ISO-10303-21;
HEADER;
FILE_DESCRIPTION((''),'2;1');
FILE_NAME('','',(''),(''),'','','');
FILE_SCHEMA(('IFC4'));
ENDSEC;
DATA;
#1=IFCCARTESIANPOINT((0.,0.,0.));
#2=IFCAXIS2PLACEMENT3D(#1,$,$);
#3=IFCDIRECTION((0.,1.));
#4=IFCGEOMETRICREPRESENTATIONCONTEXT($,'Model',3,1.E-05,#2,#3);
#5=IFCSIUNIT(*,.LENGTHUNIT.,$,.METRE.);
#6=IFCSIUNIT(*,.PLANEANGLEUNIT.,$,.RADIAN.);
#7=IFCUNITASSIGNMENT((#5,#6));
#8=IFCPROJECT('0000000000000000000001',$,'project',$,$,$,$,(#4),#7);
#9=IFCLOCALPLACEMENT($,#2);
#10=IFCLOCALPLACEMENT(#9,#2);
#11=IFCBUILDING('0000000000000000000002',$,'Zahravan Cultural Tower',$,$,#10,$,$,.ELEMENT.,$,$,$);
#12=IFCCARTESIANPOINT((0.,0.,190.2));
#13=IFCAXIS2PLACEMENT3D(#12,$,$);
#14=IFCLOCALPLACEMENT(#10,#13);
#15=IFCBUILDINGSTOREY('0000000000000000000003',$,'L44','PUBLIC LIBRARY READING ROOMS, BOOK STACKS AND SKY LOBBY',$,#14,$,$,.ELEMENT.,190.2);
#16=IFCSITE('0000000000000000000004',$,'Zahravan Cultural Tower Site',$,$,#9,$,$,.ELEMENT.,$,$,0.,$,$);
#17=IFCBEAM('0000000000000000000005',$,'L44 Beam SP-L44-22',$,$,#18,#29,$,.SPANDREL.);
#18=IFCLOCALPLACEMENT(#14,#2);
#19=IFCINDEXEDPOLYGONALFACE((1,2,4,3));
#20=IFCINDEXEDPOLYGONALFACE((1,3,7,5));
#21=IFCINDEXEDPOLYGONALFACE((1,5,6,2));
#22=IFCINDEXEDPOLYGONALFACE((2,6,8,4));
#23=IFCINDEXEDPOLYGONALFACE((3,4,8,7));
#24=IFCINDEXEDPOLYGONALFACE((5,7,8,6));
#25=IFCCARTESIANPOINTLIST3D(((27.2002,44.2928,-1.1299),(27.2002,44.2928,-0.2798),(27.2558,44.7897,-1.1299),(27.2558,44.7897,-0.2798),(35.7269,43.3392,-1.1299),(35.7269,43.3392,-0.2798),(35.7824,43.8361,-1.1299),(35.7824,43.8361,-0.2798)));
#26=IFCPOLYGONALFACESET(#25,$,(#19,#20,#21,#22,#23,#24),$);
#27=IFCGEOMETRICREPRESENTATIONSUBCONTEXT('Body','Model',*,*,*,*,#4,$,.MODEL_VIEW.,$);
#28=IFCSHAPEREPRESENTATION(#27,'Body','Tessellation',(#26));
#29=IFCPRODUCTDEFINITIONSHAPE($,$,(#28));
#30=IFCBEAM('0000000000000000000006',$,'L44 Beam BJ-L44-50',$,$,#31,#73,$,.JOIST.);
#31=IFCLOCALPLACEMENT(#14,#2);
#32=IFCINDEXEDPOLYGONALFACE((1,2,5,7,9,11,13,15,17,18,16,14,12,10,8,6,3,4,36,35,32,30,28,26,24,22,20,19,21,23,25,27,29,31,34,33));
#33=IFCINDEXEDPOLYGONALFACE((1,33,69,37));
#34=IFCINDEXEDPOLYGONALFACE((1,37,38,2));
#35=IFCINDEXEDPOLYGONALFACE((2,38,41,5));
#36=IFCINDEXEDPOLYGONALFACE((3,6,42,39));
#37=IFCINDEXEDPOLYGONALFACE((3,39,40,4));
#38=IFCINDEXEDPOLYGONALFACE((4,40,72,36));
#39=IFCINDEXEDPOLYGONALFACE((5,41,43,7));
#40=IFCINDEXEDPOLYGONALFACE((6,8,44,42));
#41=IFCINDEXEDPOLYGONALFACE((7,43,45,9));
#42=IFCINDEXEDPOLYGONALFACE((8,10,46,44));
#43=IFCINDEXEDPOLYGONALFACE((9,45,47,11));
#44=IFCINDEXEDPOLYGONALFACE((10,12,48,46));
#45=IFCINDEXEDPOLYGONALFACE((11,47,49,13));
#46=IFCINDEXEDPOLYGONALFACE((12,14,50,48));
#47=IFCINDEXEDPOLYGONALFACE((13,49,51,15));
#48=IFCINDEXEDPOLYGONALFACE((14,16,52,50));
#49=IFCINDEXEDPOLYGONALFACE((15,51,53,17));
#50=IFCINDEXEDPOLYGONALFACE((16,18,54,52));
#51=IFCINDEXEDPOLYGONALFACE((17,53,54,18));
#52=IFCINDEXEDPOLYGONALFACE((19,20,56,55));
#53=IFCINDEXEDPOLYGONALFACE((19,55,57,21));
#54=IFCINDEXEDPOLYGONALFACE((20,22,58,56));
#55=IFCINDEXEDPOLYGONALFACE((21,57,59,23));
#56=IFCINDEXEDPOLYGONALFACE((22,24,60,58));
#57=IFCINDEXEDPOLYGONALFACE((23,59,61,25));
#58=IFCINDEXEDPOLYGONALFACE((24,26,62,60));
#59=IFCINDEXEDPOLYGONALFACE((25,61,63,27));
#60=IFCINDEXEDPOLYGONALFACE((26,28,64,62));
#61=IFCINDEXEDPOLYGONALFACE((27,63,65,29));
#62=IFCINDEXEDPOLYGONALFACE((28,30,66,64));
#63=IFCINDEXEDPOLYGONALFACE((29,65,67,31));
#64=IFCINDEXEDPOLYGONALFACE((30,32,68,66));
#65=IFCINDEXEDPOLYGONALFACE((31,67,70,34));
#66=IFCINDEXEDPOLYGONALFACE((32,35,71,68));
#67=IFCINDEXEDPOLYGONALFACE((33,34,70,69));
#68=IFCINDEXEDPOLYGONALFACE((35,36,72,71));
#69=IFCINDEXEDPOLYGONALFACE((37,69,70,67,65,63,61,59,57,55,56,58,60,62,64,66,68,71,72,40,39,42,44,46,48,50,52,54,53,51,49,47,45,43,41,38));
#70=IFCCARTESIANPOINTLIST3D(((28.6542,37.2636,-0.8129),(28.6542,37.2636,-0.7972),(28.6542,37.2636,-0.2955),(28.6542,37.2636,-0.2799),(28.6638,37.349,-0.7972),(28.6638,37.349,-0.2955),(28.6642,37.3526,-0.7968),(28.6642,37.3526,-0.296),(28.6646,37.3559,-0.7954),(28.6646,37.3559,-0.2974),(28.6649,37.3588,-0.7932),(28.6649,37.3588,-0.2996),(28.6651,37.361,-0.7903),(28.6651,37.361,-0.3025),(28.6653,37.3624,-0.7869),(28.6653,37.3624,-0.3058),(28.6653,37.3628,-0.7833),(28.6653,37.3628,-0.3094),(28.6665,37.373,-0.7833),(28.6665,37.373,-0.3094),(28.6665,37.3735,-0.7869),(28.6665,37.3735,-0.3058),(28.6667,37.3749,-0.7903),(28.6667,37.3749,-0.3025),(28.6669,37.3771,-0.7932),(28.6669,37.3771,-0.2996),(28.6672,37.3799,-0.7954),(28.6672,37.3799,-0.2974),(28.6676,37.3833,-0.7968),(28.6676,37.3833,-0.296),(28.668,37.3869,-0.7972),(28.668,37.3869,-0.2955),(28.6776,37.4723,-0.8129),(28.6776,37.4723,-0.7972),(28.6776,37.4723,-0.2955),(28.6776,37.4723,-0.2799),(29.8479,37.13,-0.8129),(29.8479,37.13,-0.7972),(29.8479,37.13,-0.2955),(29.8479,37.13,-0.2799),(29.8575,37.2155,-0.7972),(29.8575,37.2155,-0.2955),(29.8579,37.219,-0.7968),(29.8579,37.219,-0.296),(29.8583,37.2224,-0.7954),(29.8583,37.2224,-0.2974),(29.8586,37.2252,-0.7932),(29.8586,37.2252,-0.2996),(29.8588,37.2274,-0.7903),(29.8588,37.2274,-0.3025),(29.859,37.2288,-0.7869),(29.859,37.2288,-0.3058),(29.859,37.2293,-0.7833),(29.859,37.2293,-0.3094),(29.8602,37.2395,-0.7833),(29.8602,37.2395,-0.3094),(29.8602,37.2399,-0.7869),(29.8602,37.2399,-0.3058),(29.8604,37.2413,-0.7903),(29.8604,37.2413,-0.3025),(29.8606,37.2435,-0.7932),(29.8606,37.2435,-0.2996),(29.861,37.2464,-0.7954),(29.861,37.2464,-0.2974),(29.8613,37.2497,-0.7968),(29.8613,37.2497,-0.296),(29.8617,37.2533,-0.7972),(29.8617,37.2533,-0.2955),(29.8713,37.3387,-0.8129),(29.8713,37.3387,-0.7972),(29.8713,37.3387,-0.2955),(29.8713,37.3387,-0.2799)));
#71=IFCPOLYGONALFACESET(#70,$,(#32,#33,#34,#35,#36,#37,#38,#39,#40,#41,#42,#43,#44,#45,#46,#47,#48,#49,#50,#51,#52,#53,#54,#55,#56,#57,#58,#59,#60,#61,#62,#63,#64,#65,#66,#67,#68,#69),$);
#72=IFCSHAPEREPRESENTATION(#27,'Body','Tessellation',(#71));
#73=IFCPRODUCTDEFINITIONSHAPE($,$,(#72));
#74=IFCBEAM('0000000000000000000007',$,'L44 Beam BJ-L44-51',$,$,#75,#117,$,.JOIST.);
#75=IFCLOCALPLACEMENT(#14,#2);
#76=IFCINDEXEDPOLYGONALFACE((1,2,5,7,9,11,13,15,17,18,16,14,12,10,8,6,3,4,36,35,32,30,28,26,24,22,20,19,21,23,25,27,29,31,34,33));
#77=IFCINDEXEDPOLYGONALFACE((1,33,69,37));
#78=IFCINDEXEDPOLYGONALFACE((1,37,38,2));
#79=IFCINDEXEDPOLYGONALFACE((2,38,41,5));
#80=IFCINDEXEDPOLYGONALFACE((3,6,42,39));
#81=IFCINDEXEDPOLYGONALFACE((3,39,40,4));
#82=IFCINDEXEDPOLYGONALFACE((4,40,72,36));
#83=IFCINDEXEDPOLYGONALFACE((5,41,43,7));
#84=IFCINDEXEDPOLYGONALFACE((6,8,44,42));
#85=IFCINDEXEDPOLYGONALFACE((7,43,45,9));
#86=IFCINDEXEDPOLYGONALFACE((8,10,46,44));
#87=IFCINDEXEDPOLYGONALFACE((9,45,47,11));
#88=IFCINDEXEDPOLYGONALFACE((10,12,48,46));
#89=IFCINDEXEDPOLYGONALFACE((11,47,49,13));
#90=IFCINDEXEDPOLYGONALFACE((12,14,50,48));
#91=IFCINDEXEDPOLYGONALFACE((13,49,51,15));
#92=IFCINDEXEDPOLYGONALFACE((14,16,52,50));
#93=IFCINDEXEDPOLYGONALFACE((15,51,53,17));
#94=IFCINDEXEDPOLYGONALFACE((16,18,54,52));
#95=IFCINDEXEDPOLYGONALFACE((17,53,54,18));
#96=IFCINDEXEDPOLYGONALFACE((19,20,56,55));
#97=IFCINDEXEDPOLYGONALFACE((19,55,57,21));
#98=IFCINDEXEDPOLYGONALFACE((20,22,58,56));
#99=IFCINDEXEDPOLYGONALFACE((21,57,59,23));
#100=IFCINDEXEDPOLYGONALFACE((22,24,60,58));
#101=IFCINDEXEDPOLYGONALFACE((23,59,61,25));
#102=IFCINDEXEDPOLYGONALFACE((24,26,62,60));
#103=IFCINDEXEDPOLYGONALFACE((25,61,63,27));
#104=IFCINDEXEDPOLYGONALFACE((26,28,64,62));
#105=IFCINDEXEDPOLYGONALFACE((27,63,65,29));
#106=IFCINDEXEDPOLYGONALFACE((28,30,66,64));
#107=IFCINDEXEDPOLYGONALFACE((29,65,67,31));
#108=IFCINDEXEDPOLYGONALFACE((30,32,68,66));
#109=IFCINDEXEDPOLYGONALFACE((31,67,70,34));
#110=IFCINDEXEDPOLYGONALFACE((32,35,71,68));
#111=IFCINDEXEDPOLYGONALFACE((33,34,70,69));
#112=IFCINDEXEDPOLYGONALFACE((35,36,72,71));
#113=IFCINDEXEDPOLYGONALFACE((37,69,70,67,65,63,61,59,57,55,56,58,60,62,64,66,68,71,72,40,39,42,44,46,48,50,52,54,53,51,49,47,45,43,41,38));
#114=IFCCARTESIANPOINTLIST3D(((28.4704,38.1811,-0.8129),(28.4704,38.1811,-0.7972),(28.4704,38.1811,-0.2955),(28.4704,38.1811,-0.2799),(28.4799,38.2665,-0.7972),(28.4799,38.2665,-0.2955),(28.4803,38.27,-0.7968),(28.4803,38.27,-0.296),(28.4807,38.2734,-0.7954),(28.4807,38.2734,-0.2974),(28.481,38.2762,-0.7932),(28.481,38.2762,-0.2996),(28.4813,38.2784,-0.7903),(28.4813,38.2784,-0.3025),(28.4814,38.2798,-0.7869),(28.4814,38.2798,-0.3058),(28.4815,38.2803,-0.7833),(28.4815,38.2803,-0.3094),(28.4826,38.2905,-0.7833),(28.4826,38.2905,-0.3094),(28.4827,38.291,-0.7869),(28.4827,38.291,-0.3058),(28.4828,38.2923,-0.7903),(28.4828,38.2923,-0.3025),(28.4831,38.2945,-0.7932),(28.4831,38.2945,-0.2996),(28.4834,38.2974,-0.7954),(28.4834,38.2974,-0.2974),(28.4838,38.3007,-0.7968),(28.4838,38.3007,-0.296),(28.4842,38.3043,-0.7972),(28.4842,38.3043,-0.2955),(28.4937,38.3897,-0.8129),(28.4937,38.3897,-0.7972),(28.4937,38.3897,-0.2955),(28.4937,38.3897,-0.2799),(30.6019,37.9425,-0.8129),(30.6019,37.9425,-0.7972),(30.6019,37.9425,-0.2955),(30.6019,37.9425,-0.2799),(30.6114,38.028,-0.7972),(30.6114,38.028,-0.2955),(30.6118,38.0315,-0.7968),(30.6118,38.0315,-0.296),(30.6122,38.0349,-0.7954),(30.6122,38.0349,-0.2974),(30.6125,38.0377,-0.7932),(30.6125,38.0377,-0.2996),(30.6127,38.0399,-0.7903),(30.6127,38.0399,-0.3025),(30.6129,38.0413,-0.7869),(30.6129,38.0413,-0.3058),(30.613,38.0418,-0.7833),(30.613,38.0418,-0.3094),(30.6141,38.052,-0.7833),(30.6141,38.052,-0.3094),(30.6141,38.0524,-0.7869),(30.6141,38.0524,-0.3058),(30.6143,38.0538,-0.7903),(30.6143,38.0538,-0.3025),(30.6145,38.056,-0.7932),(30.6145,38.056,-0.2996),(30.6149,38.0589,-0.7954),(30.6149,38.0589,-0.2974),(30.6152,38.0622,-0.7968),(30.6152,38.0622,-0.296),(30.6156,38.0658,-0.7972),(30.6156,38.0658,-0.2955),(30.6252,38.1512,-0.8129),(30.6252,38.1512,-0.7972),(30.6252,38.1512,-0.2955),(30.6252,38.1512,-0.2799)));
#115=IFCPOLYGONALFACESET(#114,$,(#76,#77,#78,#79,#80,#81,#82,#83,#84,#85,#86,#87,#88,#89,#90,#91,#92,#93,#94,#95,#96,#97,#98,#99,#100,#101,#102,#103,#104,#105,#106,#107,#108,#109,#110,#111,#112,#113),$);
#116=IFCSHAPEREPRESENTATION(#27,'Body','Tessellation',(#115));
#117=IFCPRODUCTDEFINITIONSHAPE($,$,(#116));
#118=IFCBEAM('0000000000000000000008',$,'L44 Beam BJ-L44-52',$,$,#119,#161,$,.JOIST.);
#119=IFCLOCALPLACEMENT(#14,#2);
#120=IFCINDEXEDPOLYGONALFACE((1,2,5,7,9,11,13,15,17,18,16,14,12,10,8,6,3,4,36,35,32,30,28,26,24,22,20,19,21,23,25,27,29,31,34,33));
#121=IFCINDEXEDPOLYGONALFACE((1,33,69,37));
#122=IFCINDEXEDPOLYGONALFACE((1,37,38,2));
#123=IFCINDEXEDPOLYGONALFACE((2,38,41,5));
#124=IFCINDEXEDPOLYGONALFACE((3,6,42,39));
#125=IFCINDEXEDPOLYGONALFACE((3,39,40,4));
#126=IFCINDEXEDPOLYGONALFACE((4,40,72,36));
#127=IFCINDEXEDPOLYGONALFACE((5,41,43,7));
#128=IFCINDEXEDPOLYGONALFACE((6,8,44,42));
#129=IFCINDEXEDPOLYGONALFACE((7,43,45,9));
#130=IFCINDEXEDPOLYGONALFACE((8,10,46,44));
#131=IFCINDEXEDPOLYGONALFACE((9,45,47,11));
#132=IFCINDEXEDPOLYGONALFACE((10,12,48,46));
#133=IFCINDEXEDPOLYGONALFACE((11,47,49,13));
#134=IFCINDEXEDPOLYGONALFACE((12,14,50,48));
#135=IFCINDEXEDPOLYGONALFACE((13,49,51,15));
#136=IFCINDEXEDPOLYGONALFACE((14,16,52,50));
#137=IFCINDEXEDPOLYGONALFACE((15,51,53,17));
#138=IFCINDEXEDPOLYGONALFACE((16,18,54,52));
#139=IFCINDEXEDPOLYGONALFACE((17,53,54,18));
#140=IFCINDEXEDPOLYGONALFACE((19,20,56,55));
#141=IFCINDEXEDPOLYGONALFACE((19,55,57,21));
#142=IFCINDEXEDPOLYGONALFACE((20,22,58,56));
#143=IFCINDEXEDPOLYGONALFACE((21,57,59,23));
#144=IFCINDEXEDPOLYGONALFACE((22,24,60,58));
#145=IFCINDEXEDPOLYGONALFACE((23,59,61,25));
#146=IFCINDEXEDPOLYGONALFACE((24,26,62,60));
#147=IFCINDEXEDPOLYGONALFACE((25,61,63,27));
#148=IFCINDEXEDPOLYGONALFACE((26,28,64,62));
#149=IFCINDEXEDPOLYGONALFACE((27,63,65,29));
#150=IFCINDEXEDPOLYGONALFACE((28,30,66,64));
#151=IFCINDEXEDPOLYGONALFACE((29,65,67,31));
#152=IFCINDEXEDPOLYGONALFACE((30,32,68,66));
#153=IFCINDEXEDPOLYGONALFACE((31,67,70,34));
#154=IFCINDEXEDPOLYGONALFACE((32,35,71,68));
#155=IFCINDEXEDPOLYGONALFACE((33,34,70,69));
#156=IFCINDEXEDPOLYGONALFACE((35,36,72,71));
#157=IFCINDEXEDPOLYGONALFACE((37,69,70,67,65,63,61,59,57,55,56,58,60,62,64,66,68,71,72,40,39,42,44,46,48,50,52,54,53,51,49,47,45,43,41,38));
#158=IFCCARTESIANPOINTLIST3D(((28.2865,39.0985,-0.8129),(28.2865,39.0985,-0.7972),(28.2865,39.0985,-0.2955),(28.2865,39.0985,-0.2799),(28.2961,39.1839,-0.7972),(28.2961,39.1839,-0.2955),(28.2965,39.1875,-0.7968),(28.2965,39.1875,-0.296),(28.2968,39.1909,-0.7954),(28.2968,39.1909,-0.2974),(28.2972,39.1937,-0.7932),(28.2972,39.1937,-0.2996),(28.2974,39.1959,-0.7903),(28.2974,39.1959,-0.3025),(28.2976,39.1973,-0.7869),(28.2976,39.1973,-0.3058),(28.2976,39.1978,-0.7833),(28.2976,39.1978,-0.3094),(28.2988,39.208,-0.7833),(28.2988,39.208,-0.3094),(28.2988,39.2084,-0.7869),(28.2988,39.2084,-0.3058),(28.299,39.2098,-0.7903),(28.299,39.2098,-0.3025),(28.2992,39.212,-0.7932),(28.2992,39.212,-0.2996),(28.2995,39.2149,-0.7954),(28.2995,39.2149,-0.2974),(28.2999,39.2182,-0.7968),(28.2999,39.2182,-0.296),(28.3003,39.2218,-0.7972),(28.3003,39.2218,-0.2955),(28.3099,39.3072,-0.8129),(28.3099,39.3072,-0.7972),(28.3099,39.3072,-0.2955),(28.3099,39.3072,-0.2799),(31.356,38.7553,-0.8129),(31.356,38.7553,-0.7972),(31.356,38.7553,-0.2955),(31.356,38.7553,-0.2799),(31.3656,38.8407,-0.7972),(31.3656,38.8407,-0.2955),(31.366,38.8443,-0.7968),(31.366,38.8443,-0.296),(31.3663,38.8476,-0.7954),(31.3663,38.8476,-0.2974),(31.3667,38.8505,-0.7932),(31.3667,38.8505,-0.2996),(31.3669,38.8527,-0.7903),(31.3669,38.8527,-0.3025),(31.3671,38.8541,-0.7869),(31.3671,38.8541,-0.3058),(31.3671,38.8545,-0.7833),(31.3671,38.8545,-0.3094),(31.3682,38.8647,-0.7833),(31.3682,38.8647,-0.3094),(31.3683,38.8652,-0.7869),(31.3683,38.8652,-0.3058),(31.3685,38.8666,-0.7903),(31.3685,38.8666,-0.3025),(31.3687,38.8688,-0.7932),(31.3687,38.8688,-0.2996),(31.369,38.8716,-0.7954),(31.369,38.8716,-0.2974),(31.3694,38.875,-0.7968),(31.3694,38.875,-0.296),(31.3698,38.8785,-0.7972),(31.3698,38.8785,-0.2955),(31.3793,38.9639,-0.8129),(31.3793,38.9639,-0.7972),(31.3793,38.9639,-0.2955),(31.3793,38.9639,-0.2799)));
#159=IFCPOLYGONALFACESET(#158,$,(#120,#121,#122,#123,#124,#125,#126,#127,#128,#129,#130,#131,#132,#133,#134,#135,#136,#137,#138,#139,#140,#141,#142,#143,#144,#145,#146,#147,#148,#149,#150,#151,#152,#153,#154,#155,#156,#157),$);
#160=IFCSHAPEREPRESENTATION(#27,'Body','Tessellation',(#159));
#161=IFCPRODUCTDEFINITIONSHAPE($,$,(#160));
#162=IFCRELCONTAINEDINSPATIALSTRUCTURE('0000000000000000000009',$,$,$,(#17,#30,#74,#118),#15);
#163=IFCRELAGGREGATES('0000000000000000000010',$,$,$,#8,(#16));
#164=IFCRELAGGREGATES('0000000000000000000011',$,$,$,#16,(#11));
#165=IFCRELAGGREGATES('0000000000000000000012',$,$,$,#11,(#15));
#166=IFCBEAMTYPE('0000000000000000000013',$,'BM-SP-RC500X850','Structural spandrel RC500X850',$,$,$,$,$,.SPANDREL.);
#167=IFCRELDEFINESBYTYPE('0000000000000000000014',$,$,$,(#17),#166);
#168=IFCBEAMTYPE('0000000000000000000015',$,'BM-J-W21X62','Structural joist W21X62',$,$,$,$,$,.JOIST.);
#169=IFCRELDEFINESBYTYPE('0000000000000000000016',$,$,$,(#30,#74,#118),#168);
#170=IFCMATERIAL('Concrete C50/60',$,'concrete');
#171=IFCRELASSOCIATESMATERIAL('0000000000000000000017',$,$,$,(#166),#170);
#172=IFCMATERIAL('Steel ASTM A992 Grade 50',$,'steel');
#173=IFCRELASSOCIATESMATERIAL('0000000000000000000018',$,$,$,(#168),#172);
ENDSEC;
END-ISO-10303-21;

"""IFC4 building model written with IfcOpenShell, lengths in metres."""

from ifc_helpers import new_model, si_unit, direction, frame, origin, origin_2d, place, context, subcontext, project, spatial, rectangle, i_section, extrude, source, transform, mapped, material, material_profile, profile_set, type_object, element, save


model = new_model("IFC4")

# Units and contexts
model_context = context("Model", 3, precision=1e-05, world=origin(), true_north=direction((0.0, 1.0)))
body_context = subcontext(model_context, "Body", "Model", "MODEL_VIEW")
ifc_project = project(units=[si_unit("LENGTHUNIT", "METRE"), si_unit("PLANEANGLEUNIT", "RADIAN")], contexts=[model_context])

# Site, building, storey
site_placement = place(None, origin())
site = spatial("IfcSite", under=ifc_project, at=site_placement, Name="Zahravan Cultural Tower Site", CompositionType="ELEMENT", RefElevation=0.0)
building_placement = place(site_placement, origin())
building = spatial("IfcBuilding", under=site, at=building_placement, Name="Zahravan Cultural Tower", CompositionType="ELEMENT")
storey_placement = place(building_placement, frame((0.0, 0.0, 190.2)))
storey = spatial("IfcBuildingStorey", under=building, at=storey_placement, Name="L44", Description="PUBLIC LIBRARY READING ROOMS, BOOK STACKS AND SKY LOBBY", CompositionType="ELEMENT", Elevation=190.2)

# Shared definitions
ifc_material_1 = material(Name="Steel ASTM A992 Grade 50", Category="steel")

# Beams
ifc_material_2 = material(Name="Concrete C50/60", Category="concrete")
ifc_material_profile_1 = material_profile(ifc_material_2, rectangle(XDim=0.5, YDim=0.8501, at=origin_2d()), Name="RC500X850")
ifc_profile_set_1 = profile_set([ifc_material_profile_1], Name="Concrete C50/60")
beam_type_1 = type_object("IfcBeamType", Name="BM-SP-RC500X850", Description="Structural spandrel RC500X850", PredefinedType="SPANDREL", material=ifc_profile_set_1)
shared_shape_1 = source(origin(), body_context, "Body", "SweptSolid", [
    extrude(rectangle(XDim=0.5, YDim=0.8501, at=origin_2d()), origin(), (0.0, 0.0, 1.0), 8.5798),
])
beam_1_placement = place(storey_placement, frame((35.7546, 43.5876, -0.7048), z_axis=(-0.993804, 0.111147, 0.0), x_axis=(-0.111147, -0.993804, 0.0)))
element("IfcBeam", 1, at=beam_1_placement, inside=storey, type_object=beam_type_1, Name="L44 Beam SP-L44-22", PredefinedType="SPANDREL", context=body_context, shape_type="MappedRepresentation", body=[
    mapped(shared_shape_1, transform((0.0, 0.0, 0.0), x_axis=(1.0, 0.0, 0.0), y_axis=(0.0, 1.0, 0.0), z_axis=(0.0, 0.0, 1.0), scale=1.0)),
])
ifc_material_profile_2 = material_profile(ifc_material_1, i_section(OverallWidth=0.21, OverallDepth=0.533, WebThickness=0.0103, FlangeThickness=0.0156, FilletRadius=0.0139, at=origin_2d()), Name="W21X62")
ifc_profile_set_2 = profile_set([ifc_material_profile_2], Name="Steel ASTM A992 Grade 50")
beam_type_2 = type_object("IfcBeamType", Name="BM-J-W21X62", Description="Structural joist W21X62", PredefinedType="JOIST", material=ifc_profile_set_2)
shared_shape_2 = source(origin(), body_context, "Body", "SweptSolid", [
    extrude(i_section(OverallWidth=0.21, OverallDepth=0.533, WebThickness=0.0103, FlangeThickness=0.0156, FilletRadius=0.0139, at=origin_2d()), origin(), (0.0, 0.0, 1.0), 1.2012),
])
beam_2_placement = place(storey_placement, frame((29.8596, 37.2344, -0.5464), z_axis=(-0.993799, 0.11119, 0.0), x_axis=(-0.11119, -0.993799, 0.0)))
element("IfcBeam", 2, at=beam_2_placement, inside=storey, type_object=beam_type_2, Name="L44 Beam BJ-L44-50", PredefinedType="JOIST", context=body_context, shape_type="MappedRepresentation", body=[
    mapped(shared_shape_2, transform((0.0, 0.0, 0.0), x_axis=(1.0, 0.0, 0.0), y_axis=(0.0, 1.0, 0.0), z_axis=(0.0, 0.0, 1.0), scale=1.0)),
])
shared_shape_3 = source(origin(), body_context, "Body", "SweptSolid", [
    extrude(i_section(OverallWidth=0.21, OverallDepth=0.533, WebThickness=0.0103, FlangeThickness=0.0156, FilletRadius=0.0139, at=origin_2d()), origin(), (0.0, 0.0, 1.0), 2.1448),
])
beam_3_placement = place(storey_placement, frame((30.6135, 38.0469, -0.5464), z_axis=(-0.993797, 0.111206, 0.0), x_axis=(-0.111206, -0.993797, 0.0)))
element("IfcBeam", 3, at=beam_3_placement, inside=storey, type_object=beam_type_2, Name="L44 Beam BJ-L44-51", PredefinedType="JOIST", context=body_context, shape_type="MappedRepresentation", body=[
    mapped(shared_shape_3, transform((0.0, 0.0, 0.0), x_axis=(1.0, 0.0, 0.0), y_axis=(0.0, 1.0, 0.0), z_axis=(0.0, 0.0, 1.0), scale=1.0)),
])
shared_shape_4 = source(origin(), body_context, "Body", "SweptSolid", [
    extrude(i_section(OverallWidth=0.21, OverallDepth=0.533, WebThickness=0.0103, FlangeThickness=0.0156, FilletRadius=0.0139, at=origin_2d()), origin(), (0.0, 0.0, 1.0), 3.0886),
])
beam_4_placement = place(storey_placement, frame((31.3677, 38.8596, -0.5464), z_axis=(-0.993805, 0.111134, 0.0), x_axis=(-0.111134, -0.993805, 0.0)))
element("IfcBeam", 4, at=beam_4_placement, inside=storey, type_object=beam_type_2, Name="L44 Beam BJ-L44-52", PredefinedType="JOIST", context=body_context, shape_type="MappedRepresentation", body=[
    mapped(shared_shape_4, transform((0.0, 0.0, 0.0), x_axis=(1.0, 0.0, 0.0), y_axis=(0.0, 1.0, 0.0), z_axis=(0.0, 0.0, 1.0), scale=1.0)),
])

save(model, "model.ifc")
